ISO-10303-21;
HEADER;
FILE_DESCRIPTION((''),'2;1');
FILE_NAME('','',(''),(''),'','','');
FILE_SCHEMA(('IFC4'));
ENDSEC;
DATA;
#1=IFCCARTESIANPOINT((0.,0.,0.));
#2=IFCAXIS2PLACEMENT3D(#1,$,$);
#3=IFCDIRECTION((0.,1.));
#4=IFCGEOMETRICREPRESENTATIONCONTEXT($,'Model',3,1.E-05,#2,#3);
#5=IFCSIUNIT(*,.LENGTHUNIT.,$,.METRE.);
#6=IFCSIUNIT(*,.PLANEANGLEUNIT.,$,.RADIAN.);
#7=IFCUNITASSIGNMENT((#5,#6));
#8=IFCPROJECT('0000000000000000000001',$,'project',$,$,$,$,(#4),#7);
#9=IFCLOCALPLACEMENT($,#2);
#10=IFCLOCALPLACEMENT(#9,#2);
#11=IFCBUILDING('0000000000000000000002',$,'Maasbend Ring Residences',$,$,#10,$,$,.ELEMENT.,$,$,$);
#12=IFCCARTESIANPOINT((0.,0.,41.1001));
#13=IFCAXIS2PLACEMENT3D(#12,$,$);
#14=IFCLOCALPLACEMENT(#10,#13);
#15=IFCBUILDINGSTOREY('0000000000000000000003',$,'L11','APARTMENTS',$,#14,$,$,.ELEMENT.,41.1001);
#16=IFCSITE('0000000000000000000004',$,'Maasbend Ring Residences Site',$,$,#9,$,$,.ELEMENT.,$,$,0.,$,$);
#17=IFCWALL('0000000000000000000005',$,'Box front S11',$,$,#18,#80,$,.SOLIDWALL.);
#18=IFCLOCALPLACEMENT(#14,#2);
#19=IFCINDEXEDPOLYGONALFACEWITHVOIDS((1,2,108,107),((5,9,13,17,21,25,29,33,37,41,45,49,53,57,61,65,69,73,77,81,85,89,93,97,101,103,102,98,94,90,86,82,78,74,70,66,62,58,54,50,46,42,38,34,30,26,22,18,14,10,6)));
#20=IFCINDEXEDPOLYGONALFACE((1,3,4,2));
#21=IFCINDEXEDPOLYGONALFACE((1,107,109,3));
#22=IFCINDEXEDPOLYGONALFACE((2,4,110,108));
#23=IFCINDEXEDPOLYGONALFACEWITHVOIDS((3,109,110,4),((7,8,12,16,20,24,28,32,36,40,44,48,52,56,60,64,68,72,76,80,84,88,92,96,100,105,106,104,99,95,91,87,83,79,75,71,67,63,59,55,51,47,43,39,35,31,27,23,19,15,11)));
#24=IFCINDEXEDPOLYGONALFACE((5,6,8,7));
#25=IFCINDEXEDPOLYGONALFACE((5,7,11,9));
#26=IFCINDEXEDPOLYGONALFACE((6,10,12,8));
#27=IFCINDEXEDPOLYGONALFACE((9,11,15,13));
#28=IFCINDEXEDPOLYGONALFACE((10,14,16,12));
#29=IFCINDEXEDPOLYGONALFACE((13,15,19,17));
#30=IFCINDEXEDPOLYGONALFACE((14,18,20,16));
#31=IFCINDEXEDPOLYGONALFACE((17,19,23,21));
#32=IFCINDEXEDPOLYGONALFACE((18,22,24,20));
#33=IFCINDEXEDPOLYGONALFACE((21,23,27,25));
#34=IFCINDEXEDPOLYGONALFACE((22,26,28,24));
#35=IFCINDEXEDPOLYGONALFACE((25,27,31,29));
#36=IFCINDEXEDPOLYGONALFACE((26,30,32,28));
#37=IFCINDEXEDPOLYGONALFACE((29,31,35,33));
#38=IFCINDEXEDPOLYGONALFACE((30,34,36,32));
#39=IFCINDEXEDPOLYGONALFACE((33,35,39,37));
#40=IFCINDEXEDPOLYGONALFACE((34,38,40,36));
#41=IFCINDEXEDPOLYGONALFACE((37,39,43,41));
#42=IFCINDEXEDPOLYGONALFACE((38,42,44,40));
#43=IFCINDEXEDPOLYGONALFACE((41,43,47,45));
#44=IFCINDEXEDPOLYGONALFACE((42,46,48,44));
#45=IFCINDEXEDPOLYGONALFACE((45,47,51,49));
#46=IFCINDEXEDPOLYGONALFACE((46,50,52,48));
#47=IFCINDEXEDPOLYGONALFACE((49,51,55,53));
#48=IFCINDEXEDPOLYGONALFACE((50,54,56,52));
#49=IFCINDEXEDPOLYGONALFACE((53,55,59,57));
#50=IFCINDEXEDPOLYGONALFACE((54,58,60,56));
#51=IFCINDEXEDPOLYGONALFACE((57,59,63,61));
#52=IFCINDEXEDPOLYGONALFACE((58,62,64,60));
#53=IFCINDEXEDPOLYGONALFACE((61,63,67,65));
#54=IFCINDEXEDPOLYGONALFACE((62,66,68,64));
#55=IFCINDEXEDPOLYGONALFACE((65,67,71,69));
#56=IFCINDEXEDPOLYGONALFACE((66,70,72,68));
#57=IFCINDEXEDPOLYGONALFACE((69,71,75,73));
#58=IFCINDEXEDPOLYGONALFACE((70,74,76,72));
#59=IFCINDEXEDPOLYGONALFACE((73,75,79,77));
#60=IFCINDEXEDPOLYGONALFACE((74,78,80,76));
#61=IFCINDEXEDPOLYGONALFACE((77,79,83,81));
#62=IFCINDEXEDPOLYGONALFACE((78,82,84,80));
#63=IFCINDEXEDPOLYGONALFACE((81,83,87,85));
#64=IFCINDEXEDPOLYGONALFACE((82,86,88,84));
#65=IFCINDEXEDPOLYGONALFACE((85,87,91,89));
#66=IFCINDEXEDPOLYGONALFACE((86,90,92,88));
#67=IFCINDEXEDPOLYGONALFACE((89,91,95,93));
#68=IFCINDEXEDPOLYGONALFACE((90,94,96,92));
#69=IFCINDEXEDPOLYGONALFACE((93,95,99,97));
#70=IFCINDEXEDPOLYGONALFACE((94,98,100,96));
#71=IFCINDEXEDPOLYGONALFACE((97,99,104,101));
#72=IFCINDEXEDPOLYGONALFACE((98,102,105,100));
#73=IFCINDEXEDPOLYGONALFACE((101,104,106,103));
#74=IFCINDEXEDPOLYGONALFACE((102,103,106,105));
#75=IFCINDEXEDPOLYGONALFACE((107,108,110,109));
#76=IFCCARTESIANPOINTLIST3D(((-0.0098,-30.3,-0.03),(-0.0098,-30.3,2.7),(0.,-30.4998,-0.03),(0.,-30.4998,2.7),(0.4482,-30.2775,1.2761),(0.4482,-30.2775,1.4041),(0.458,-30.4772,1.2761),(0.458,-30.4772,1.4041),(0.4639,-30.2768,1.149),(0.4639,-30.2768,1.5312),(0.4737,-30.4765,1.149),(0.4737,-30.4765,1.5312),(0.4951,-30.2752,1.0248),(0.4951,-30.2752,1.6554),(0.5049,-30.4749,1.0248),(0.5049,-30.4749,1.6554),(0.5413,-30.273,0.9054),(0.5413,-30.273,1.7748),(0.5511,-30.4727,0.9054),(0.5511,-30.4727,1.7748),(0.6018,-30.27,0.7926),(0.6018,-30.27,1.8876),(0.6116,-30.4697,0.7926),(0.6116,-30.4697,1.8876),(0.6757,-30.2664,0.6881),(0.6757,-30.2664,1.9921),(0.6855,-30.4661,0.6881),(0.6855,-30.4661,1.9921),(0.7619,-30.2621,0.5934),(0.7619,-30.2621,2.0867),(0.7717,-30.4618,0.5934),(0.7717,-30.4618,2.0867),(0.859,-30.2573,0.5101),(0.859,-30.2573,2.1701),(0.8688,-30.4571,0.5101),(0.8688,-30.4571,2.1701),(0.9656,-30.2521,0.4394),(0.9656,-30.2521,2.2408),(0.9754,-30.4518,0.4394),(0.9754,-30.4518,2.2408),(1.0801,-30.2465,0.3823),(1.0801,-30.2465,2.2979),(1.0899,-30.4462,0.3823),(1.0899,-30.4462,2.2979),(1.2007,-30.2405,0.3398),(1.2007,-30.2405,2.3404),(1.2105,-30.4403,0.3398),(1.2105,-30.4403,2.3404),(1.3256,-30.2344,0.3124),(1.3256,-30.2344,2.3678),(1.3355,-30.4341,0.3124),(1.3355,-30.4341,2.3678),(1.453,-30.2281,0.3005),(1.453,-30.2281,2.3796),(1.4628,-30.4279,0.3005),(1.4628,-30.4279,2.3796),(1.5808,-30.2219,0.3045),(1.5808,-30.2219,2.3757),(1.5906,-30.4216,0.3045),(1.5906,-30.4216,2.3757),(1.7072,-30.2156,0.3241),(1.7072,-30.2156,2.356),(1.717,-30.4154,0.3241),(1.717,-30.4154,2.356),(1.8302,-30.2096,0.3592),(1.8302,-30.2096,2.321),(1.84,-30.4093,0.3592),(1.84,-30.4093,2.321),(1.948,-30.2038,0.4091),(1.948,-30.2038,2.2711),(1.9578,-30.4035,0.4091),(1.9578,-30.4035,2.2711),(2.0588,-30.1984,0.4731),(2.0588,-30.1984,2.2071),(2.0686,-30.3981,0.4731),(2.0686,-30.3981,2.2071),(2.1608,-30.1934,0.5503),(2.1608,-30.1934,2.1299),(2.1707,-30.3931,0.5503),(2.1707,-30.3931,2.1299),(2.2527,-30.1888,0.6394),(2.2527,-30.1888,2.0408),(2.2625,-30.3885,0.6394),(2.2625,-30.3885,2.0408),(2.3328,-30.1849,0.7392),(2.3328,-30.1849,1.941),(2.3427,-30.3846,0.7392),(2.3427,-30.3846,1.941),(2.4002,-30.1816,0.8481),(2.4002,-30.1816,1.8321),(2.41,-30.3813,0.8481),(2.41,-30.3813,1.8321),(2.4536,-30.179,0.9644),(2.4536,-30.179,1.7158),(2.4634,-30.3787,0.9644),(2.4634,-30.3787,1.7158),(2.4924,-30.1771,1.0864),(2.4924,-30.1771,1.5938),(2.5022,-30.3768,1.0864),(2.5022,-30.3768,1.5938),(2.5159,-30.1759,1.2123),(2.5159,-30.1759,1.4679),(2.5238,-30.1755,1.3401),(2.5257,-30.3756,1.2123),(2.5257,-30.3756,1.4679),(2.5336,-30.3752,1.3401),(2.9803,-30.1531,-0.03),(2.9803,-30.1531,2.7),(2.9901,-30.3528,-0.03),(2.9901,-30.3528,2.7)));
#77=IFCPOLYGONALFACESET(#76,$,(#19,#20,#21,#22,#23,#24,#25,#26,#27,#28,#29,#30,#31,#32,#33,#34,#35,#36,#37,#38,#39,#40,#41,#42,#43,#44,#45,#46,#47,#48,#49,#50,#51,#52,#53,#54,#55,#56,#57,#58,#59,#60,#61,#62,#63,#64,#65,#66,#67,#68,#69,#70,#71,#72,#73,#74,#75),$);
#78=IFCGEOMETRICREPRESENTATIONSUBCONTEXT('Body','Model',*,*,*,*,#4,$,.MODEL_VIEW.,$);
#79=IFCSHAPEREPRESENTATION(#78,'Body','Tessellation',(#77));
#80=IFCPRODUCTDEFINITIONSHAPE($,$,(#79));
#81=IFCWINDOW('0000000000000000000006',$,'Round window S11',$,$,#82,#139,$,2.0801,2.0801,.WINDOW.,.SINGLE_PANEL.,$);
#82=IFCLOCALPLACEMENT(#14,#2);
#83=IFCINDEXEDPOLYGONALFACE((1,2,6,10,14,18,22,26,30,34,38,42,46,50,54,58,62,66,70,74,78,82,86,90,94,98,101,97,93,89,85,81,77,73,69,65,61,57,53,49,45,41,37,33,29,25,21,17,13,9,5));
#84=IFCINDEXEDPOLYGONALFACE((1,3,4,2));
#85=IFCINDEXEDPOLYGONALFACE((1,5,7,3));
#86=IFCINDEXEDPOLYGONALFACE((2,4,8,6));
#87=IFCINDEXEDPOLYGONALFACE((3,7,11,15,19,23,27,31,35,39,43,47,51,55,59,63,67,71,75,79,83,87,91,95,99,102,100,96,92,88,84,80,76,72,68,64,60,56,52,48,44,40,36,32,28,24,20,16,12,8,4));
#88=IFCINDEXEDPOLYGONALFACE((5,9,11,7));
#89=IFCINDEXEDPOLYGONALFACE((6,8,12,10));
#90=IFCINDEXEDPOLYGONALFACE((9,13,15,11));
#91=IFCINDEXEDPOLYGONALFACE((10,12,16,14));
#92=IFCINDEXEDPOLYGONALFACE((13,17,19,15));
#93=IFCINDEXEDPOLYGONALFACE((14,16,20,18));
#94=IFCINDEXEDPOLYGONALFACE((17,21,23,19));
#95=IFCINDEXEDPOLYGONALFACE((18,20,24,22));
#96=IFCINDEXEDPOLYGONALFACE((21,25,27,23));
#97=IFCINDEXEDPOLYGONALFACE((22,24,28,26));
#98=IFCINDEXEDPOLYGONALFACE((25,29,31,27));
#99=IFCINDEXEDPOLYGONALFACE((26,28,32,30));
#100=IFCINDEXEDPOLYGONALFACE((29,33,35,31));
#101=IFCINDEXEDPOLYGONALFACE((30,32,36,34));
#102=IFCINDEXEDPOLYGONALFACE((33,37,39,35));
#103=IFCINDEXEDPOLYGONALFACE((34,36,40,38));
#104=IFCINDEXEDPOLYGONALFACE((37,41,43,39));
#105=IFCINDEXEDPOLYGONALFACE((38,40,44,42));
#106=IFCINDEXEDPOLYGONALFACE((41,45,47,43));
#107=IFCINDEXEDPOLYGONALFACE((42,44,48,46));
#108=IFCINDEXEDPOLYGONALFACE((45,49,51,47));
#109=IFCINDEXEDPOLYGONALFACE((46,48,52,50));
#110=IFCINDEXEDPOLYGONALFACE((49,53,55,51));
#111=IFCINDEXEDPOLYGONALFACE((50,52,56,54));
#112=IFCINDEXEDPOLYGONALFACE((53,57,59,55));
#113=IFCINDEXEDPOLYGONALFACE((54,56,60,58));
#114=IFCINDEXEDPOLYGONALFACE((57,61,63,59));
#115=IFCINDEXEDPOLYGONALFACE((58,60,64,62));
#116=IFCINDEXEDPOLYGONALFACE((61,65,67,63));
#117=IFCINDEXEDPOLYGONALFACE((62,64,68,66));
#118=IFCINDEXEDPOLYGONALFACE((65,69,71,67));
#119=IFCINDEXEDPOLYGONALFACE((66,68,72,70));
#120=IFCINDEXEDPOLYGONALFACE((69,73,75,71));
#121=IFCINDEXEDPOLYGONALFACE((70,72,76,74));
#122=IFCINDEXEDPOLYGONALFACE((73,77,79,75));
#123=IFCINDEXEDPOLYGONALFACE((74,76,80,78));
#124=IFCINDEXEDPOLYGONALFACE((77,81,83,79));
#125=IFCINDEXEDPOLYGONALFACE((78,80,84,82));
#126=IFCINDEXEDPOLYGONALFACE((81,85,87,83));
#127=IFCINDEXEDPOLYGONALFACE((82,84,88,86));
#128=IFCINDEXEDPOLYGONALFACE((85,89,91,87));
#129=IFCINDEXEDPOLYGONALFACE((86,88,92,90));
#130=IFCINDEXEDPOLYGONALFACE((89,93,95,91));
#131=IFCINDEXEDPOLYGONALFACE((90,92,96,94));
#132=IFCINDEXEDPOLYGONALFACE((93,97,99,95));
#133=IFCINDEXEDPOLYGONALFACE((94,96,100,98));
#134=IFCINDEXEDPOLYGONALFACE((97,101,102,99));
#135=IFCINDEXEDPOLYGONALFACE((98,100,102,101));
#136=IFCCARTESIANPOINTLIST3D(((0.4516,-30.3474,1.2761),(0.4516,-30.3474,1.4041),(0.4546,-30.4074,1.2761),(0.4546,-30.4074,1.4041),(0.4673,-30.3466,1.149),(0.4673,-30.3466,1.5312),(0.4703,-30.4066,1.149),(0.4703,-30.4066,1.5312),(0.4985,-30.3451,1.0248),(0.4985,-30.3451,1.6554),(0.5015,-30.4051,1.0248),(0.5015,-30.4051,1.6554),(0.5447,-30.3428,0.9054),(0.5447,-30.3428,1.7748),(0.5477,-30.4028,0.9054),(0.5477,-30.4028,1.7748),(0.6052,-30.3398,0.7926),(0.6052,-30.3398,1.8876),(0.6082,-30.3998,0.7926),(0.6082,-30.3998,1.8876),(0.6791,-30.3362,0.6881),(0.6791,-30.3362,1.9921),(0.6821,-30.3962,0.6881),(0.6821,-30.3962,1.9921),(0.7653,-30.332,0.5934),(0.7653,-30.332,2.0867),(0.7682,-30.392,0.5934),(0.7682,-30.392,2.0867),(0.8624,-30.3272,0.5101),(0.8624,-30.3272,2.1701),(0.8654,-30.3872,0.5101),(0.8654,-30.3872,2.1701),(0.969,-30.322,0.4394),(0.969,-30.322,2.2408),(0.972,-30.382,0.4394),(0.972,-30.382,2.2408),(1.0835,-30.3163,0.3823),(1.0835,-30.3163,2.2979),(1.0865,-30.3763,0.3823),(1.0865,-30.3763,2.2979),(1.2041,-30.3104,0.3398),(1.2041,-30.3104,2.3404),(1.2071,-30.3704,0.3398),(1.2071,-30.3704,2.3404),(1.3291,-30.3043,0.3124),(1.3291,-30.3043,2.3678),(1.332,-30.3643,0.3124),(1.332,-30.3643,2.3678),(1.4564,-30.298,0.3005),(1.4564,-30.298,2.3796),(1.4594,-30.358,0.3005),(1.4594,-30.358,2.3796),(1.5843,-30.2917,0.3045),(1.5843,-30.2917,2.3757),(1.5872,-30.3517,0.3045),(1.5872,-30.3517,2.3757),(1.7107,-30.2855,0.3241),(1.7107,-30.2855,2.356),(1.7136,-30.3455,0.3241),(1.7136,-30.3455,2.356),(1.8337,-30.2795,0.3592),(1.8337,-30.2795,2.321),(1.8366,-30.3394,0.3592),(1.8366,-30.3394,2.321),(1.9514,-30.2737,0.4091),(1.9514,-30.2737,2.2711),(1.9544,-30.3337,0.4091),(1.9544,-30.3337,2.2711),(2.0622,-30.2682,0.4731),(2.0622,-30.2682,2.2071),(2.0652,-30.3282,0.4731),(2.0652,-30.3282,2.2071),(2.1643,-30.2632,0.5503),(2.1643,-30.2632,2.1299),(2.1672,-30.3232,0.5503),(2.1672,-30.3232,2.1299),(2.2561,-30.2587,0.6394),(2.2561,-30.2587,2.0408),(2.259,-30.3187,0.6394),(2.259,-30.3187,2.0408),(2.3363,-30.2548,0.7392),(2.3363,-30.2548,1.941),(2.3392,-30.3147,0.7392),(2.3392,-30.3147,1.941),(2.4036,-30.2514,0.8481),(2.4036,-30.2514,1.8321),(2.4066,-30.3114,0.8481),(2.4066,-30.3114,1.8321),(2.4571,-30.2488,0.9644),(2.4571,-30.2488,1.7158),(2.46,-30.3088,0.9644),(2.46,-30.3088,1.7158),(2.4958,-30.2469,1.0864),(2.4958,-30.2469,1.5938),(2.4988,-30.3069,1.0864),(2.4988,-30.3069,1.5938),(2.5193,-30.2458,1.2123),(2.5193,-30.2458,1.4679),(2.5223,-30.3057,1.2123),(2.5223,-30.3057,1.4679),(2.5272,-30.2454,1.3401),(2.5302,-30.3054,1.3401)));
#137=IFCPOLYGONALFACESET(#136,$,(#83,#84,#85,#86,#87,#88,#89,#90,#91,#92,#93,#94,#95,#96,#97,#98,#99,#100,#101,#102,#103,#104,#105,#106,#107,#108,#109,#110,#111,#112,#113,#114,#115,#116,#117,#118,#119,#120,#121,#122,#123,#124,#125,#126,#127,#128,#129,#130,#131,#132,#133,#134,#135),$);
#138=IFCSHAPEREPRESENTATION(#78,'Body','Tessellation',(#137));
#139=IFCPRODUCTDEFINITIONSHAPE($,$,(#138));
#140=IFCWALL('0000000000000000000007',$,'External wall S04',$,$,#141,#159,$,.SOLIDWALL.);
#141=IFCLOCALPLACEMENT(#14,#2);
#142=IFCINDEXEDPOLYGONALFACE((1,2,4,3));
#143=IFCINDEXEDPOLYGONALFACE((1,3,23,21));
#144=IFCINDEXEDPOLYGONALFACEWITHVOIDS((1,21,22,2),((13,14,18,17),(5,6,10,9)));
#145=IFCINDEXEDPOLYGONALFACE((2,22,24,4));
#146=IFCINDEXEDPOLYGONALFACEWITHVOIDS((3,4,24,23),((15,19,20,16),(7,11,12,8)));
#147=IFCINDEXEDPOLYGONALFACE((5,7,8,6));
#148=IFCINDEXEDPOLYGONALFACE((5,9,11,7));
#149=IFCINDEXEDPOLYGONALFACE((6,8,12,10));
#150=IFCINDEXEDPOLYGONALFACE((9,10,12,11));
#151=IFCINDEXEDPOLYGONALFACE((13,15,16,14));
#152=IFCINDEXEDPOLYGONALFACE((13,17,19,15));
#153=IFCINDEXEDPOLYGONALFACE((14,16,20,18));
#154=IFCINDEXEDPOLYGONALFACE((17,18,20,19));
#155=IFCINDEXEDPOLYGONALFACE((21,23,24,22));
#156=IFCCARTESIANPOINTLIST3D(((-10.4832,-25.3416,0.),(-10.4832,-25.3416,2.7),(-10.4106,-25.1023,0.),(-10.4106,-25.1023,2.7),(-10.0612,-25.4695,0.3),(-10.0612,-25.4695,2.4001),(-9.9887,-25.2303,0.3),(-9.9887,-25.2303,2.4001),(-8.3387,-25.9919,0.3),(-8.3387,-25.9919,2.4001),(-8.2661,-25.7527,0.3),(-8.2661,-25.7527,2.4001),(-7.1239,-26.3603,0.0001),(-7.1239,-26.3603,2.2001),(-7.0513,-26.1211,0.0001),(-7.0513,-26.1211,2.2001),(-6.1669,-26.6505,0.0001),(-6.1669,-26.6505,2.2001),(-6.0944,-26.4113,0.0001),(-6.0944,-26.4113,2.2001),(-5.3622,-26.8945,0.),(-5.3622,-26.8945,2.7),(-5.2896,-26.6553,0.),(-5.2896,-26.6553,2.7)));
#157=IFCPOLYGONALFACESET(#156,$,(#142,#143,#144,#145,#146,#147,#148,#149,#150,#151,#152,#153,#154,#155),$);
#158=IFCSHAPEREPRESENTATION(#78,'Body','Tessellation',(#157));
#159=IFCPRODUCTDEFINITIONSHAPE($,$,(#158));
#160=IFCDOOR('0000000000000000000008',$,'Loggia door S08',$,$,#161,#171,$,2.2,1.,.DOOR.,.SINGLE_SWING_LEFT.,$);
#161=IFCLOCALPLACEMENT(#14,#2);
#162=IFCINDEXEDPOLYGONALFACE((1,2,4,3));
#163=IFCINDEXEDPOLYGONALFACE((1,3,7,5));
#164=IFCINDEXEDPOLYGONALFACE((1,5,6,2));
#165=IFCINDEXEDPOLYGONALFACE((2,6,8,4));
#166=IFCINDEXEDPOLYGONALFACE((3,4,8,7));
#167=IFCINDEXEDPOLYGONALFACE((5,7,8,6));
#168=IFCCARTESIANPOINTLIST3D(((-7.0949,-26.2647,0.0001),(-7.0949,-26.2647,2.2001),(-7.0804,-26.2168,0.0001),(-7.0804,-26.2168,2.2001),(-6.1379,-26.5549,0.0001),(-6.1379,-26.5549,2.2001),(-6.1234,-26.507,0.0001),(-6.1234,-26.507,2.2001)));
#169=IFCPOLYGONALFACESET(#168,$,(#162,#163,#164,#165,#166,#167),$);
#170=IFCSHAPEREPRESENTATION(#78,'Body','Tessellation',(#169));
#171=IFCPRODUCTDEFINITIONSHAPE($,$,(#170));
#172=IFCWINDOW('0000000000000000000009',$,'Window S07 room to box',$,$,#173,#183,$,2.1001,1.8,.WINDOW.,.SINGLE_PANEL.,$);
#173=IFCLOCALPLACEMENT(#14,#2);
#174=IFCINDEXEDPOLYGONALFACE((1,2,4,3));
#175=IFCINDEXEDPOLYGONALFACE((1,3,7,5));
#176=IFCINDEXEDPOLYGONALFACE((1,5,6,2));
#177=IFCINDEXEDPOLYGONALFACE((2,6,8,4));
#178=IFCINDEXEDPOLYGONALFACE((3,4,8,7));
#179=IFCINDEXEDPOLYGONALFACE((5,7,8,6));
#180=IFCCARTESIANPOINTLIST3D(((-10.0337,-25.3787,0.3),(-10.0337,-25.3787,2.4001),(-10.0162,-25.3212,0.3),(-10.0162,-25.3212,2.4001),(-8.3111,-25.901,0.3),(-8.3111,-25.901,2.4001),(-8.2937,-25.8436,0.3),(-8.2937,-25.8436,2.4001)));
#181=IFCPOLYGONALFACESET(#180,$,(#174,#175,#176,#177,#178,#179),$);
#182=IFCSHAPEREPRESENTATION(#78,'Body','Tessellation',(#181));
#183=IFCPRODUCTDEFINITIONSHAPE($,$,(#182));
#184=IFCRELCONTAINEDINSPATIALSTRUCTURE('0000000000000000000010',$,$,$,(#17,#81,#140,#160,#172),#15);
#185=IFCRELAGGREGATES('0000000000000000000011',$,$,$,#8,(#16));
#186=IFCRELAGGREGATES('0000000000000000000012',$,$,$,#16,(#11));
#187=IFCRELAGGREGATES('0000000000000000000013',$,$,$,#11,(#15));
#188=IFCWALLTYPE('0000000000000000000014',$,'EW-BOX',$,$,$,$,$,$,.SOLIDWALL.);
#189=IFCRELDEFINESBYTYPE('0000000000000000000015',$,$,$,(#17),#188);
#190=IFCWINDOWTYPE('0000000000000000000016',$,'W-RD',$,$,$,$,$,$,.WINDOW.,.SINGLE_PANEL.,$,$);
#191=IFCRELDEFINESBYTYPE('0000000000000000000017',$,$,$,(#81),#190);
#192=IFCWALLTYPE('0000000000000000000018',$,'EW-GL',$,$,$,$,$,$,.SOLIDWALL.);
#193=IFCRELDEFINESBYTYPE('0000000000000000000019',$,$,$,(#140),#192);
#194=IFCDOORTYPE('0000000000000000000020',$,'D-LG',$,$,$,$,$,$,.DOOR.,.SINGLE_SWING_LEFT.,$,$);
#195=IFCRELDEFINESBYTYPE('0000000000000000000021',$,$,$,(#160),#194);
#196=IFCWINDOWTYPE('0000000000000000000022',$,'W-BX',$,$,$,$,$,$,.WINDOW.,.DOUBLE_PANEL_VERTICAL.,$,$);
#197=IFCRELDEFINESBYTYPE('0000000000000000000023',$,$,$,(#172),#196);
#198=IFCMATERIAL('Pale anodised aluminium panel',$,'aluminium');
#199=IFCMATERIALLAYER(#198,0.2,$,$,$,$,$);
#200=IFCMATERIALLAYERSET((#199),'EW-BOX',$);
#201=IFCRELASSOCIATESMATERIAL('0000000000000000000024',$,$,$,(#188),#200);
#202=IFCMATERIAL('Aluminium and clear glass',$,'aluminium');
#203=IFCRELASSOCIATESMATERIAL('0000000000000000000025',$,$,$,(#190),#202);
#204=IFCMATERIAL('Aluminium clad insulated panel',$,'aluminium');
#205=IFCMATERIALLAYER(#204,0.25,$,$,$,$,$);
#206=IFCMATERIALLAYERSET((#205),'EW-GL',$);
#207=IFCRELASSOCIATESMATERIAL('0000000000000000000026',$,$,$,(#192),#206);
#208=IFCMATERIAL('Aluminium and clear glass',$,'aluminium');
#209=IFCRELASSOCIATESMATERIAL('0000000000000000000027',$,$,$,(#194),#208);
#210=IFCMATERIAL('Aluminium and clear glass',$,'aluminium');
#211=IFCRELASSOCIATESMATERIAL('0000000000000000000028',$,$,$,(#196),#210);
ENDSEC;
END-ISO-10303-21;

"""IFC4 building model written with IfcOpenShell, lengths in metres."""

from ifc_helpers import new_model, si_unit, direction, frame, frame_2d, origin, place, context, subcontext, project, spatial, rectangle, circle, extrude, material, layer, layer_set, type_object, element, fill, save


model = new_model("IFC4")

# Units and contexts
model_context = context("Model", 3, precision=1e-05, world=origin(), true_north=direction((0.0, 1.0)))
body_context = subcontext(model_context, "Body", "Model", "MODEL_VIEW")
ifc_project = project(units=[si_unit("LENGTHUNIT", "METRE"), si_unit("PLANEANGLEUNIT", "RADIAN")], contexts=[model_context])

# Site, building, storey
site_placement = place(None, origin())
site = spatial("IfcSite", under=ifc_project, at=site_placement, Name="Maasbend Ring Residences Site", CompositionType="ELEMENT", RefElevation=0.0)
building_placement = place(site_placement, origin())
building = spatial("IfcBuilding", under=site, at=building_placement, Name="Maasbend Ring Residences", CompositionType="ELEMENT")
storey_placement = place(building_placement, frame((0.0, 0.0, 41.1001)))
storey = spatial("IfcBuildingStorey", under=building, at=storey_placement, Name="L11", Description="APARTMENTS", CompositionType="ELEMENT", Elevation=41.1001)

# Shared definitions
ifc_material_1 = material(Name="Pale anodised aluminium panel", Category="aluminium")
ifc_layer_1 = layer(ifc_material_1, 0.2)
ifc_layer_set_1 = layer_set([ifc_layer_1], Name="EW-BOX")
wall_type_1 = type_object("IfcWallType", Name="EW-BOX", PredefinedType="SOLIDWALL", material=ifc_layer_set_1)

# Shared definitions
ifc_material_2 = material(Name="Aluminium and clear glass", Category="aluminium")
window_type_1 = type_object("IfcWindowType", Name="W-RD", PartitioningType="SINGLE_PANEL", PredefinedType="WINDOW", material=ifc_material_2)

# Wall, opening, window
wall_1_placement = place(storey_placement, frame((-0.0049, -30.3999, -0.03), z_axis=(0.0, 0.0, 1.0), x_axis=(0.998794, 0.049096, 0.0)))
wall_1 = element("IfcWall", 1, at=wall_1_placement, inside=storey, type_object=wall_type_1, Name="Box front S11", PredefinedType="SOLIDWALL", context=body_context, shape_type="SweptSolid", body=[
    extrude(rectangle(XDim=2.9937, YDim=0.2, at=frame_2d((1.4968, 0.0))), origin(), (0.0, 0.0, 1.0), 2.73),
])
opening_1_placement = place(wall_1_placement, frame((0.4565, 0.0, 0.3301)))
opening_1 = element("IfcOpeningElement", 2, at=opening_1_placement, cuts=wall_1, PredefinedType="OPENING", context=body_context, shape_type="SweptSolid", body=[
    extrude(circle(Radius=1.04, at=frame_2d((1.04, 1.04))), frame((0.0, 0.1099, 0.0), z_axis=(0.0, -1.0, 0.0), x_axis=(1.0, 0.0, 0.0)), (0.0, 0.0, 1.0), 0.22),
])
window_1_placement = place(opening_1_placement, origin())
window_1 = element("IfcWindow", 3, at=window_1_placement, inside=storey, type_object=window_type_1, Name="Round window S11", OverallHeight=2.0801, OverallWidth=2.0801, PartitioningType="SINGLE_PANEL", PredefinedType="WINDOW", context=body_context, shape_type="SweptSolid", body=[
    extrude(circle(Radius=1.04, at=frame_2d((1.04, 1.04))), frame((0.0, 0.03, 0.0), z_axis=(0.0, -1.0, 0.0), x_axis=(1.0, 0.0, 0.0)), (0.0, 0.0, 1.0), 0.0601),
])
fill(opening_1, window_1)

# Wall, openings, door, window
ifc_material_3 = material(Name="Aluminium clad insulated panel", Category="aluminium")
ifc_layer_2 = layer(ifc_material_3, 0.25)
ifc_layer_set_2 = layer_set([ifc_layer_2], Name="EW-GL")
wall_type_2 = type_object("IfcWallType", Name="EW-GL", PredefinedType="SOLIDWALL", material=ifc_layer_set_2)
wall_2_placement = place(storey_placement, frame((-10.447, -25.2219, 0.0), z_axis=(0.0, 0.0, 1.0), x_axis=(0.956966, -0.290201, 0.0)))
wall_2 = element("IfcWall", 4, at=wall_2_placement, inside=storey, type_object=wall_type_2, Name="External wall S04", PredefinedType="SOLIDWALL", context=body_context, shape_type="SweptSolid", body=[
    extrude(rectangle(XDim=5.3513, YDim=0.25, at=frame_2d((2.6758, 0.0))), origin(), (0.0, 0.0, 1.0), 2.7),
])
opening_2_placement = place(wall_2_placement, frame((0.4412, 0.0, 0.3)))
opening_2 = element("IfcOpeningElement", 5, at=opening_2_placement, cuts=wall_2, PredefinedType="OPENING", context=body_context, shape_type="SweptSolid", body=[
    extrude(rectangle(XDim=1.8, YDim=2.1001, at=frame_2d((0.8999, 1.05))), frame((0.0, 0.135, 0.0), z_axis=(0.0, -1.0, 0.0), x_axis=(1.0, 0.0, 0.0)), (0.0, 0.0, 1.0), 0.27),
])
opening_3_placement = place(wall_2_placement, frame((3.5105, 0.0, 0.0)))
opening_3 = element("IfcOpeningElement", 6, at=opening_3_placement, cuts=wall_2, PredefinedType="OPENING", context=body_context, shape_type="SweptSolid", body=[
    extrude(rectangle(XDim=1.0, YDim=2.2, at=frame_2d((0.5, 1.1001))), frame((0.0, 0.135, 0.0), z_axis=(0.0, -1.0, 0.0), x_axis=(1.0, 0.0, 0.0)), (0.0, 0.0, 1.0), 0.27),
])
ifc_material_4 = material(Name="Aluminium and clear glass", Category="aluminium")
door_type_1 = type_object("IfcDoorType", Name="D-LG", OperationType="SINGLE_SWING_LEFT", PredefinedType="DOOR", material=ifc_material_4)
door_1_placement = place(opening_3_placement, origin())
door_1 = element("IfcDoor", 7, at=door_1_placement, inside=storey, type_object=door_type_1, Name="Loggia door S08", OperationType="SINGLE_SWING_LEFT", OverallHeight=2.2, OverallWidth=1.0, PredefinedType="DOOR", context=body_context, shape_type="SweptSolid", body=[
    extrude(rectangle(XDim=1.0, YDim=2.2, at=frame_2d((0.5, 1.1001))), frame((0.0, 0.0249, 0.0), z_axis=(0.0, -1.0, 0.0), x_axis=(1.0, 0.0, 0.0)), (0.0, 0.0, 1.0), 0.05),
])
fill(opening_3, door_1)
ifc_material_5 = material(Name="Aluminium and clear glass", Category="aluminium")
window_type_2 = type_object("IfcWindowType", Name="W-BX", PartitioningType="DOUBLE_PANEL_VERTICAL", PredefinedType="WINDOW", material=ifc_material_5)
window_2_placement = place(opening_2_placement, origin())
window_2 = element("IfcWindow", 8, at=window_2_placement, inside=storey, type_object=window_type_2, Name="Window S07 room to box", OverallHeight=2.1001, OverallWidth=1.8, PartitioningType="SINGLE_PANEL", PredefinedType="WINDOW", context=body_context, shape_type="SweptSolid", body=[
    extrude(rectangle(XDim=1.8, YDim=2.1001, at=frame_2d((0.8999, 1.05))), frame((0.0, 0.03, 0.0), z_axis=(0.0, -1.0, 0.0), x_axis=(1.0, 0.0, 0.0)), (0.0, 0.0, 1.0), 0.0601),
])
fill(opening_2, window_2)

save(model, "model.ifc")
